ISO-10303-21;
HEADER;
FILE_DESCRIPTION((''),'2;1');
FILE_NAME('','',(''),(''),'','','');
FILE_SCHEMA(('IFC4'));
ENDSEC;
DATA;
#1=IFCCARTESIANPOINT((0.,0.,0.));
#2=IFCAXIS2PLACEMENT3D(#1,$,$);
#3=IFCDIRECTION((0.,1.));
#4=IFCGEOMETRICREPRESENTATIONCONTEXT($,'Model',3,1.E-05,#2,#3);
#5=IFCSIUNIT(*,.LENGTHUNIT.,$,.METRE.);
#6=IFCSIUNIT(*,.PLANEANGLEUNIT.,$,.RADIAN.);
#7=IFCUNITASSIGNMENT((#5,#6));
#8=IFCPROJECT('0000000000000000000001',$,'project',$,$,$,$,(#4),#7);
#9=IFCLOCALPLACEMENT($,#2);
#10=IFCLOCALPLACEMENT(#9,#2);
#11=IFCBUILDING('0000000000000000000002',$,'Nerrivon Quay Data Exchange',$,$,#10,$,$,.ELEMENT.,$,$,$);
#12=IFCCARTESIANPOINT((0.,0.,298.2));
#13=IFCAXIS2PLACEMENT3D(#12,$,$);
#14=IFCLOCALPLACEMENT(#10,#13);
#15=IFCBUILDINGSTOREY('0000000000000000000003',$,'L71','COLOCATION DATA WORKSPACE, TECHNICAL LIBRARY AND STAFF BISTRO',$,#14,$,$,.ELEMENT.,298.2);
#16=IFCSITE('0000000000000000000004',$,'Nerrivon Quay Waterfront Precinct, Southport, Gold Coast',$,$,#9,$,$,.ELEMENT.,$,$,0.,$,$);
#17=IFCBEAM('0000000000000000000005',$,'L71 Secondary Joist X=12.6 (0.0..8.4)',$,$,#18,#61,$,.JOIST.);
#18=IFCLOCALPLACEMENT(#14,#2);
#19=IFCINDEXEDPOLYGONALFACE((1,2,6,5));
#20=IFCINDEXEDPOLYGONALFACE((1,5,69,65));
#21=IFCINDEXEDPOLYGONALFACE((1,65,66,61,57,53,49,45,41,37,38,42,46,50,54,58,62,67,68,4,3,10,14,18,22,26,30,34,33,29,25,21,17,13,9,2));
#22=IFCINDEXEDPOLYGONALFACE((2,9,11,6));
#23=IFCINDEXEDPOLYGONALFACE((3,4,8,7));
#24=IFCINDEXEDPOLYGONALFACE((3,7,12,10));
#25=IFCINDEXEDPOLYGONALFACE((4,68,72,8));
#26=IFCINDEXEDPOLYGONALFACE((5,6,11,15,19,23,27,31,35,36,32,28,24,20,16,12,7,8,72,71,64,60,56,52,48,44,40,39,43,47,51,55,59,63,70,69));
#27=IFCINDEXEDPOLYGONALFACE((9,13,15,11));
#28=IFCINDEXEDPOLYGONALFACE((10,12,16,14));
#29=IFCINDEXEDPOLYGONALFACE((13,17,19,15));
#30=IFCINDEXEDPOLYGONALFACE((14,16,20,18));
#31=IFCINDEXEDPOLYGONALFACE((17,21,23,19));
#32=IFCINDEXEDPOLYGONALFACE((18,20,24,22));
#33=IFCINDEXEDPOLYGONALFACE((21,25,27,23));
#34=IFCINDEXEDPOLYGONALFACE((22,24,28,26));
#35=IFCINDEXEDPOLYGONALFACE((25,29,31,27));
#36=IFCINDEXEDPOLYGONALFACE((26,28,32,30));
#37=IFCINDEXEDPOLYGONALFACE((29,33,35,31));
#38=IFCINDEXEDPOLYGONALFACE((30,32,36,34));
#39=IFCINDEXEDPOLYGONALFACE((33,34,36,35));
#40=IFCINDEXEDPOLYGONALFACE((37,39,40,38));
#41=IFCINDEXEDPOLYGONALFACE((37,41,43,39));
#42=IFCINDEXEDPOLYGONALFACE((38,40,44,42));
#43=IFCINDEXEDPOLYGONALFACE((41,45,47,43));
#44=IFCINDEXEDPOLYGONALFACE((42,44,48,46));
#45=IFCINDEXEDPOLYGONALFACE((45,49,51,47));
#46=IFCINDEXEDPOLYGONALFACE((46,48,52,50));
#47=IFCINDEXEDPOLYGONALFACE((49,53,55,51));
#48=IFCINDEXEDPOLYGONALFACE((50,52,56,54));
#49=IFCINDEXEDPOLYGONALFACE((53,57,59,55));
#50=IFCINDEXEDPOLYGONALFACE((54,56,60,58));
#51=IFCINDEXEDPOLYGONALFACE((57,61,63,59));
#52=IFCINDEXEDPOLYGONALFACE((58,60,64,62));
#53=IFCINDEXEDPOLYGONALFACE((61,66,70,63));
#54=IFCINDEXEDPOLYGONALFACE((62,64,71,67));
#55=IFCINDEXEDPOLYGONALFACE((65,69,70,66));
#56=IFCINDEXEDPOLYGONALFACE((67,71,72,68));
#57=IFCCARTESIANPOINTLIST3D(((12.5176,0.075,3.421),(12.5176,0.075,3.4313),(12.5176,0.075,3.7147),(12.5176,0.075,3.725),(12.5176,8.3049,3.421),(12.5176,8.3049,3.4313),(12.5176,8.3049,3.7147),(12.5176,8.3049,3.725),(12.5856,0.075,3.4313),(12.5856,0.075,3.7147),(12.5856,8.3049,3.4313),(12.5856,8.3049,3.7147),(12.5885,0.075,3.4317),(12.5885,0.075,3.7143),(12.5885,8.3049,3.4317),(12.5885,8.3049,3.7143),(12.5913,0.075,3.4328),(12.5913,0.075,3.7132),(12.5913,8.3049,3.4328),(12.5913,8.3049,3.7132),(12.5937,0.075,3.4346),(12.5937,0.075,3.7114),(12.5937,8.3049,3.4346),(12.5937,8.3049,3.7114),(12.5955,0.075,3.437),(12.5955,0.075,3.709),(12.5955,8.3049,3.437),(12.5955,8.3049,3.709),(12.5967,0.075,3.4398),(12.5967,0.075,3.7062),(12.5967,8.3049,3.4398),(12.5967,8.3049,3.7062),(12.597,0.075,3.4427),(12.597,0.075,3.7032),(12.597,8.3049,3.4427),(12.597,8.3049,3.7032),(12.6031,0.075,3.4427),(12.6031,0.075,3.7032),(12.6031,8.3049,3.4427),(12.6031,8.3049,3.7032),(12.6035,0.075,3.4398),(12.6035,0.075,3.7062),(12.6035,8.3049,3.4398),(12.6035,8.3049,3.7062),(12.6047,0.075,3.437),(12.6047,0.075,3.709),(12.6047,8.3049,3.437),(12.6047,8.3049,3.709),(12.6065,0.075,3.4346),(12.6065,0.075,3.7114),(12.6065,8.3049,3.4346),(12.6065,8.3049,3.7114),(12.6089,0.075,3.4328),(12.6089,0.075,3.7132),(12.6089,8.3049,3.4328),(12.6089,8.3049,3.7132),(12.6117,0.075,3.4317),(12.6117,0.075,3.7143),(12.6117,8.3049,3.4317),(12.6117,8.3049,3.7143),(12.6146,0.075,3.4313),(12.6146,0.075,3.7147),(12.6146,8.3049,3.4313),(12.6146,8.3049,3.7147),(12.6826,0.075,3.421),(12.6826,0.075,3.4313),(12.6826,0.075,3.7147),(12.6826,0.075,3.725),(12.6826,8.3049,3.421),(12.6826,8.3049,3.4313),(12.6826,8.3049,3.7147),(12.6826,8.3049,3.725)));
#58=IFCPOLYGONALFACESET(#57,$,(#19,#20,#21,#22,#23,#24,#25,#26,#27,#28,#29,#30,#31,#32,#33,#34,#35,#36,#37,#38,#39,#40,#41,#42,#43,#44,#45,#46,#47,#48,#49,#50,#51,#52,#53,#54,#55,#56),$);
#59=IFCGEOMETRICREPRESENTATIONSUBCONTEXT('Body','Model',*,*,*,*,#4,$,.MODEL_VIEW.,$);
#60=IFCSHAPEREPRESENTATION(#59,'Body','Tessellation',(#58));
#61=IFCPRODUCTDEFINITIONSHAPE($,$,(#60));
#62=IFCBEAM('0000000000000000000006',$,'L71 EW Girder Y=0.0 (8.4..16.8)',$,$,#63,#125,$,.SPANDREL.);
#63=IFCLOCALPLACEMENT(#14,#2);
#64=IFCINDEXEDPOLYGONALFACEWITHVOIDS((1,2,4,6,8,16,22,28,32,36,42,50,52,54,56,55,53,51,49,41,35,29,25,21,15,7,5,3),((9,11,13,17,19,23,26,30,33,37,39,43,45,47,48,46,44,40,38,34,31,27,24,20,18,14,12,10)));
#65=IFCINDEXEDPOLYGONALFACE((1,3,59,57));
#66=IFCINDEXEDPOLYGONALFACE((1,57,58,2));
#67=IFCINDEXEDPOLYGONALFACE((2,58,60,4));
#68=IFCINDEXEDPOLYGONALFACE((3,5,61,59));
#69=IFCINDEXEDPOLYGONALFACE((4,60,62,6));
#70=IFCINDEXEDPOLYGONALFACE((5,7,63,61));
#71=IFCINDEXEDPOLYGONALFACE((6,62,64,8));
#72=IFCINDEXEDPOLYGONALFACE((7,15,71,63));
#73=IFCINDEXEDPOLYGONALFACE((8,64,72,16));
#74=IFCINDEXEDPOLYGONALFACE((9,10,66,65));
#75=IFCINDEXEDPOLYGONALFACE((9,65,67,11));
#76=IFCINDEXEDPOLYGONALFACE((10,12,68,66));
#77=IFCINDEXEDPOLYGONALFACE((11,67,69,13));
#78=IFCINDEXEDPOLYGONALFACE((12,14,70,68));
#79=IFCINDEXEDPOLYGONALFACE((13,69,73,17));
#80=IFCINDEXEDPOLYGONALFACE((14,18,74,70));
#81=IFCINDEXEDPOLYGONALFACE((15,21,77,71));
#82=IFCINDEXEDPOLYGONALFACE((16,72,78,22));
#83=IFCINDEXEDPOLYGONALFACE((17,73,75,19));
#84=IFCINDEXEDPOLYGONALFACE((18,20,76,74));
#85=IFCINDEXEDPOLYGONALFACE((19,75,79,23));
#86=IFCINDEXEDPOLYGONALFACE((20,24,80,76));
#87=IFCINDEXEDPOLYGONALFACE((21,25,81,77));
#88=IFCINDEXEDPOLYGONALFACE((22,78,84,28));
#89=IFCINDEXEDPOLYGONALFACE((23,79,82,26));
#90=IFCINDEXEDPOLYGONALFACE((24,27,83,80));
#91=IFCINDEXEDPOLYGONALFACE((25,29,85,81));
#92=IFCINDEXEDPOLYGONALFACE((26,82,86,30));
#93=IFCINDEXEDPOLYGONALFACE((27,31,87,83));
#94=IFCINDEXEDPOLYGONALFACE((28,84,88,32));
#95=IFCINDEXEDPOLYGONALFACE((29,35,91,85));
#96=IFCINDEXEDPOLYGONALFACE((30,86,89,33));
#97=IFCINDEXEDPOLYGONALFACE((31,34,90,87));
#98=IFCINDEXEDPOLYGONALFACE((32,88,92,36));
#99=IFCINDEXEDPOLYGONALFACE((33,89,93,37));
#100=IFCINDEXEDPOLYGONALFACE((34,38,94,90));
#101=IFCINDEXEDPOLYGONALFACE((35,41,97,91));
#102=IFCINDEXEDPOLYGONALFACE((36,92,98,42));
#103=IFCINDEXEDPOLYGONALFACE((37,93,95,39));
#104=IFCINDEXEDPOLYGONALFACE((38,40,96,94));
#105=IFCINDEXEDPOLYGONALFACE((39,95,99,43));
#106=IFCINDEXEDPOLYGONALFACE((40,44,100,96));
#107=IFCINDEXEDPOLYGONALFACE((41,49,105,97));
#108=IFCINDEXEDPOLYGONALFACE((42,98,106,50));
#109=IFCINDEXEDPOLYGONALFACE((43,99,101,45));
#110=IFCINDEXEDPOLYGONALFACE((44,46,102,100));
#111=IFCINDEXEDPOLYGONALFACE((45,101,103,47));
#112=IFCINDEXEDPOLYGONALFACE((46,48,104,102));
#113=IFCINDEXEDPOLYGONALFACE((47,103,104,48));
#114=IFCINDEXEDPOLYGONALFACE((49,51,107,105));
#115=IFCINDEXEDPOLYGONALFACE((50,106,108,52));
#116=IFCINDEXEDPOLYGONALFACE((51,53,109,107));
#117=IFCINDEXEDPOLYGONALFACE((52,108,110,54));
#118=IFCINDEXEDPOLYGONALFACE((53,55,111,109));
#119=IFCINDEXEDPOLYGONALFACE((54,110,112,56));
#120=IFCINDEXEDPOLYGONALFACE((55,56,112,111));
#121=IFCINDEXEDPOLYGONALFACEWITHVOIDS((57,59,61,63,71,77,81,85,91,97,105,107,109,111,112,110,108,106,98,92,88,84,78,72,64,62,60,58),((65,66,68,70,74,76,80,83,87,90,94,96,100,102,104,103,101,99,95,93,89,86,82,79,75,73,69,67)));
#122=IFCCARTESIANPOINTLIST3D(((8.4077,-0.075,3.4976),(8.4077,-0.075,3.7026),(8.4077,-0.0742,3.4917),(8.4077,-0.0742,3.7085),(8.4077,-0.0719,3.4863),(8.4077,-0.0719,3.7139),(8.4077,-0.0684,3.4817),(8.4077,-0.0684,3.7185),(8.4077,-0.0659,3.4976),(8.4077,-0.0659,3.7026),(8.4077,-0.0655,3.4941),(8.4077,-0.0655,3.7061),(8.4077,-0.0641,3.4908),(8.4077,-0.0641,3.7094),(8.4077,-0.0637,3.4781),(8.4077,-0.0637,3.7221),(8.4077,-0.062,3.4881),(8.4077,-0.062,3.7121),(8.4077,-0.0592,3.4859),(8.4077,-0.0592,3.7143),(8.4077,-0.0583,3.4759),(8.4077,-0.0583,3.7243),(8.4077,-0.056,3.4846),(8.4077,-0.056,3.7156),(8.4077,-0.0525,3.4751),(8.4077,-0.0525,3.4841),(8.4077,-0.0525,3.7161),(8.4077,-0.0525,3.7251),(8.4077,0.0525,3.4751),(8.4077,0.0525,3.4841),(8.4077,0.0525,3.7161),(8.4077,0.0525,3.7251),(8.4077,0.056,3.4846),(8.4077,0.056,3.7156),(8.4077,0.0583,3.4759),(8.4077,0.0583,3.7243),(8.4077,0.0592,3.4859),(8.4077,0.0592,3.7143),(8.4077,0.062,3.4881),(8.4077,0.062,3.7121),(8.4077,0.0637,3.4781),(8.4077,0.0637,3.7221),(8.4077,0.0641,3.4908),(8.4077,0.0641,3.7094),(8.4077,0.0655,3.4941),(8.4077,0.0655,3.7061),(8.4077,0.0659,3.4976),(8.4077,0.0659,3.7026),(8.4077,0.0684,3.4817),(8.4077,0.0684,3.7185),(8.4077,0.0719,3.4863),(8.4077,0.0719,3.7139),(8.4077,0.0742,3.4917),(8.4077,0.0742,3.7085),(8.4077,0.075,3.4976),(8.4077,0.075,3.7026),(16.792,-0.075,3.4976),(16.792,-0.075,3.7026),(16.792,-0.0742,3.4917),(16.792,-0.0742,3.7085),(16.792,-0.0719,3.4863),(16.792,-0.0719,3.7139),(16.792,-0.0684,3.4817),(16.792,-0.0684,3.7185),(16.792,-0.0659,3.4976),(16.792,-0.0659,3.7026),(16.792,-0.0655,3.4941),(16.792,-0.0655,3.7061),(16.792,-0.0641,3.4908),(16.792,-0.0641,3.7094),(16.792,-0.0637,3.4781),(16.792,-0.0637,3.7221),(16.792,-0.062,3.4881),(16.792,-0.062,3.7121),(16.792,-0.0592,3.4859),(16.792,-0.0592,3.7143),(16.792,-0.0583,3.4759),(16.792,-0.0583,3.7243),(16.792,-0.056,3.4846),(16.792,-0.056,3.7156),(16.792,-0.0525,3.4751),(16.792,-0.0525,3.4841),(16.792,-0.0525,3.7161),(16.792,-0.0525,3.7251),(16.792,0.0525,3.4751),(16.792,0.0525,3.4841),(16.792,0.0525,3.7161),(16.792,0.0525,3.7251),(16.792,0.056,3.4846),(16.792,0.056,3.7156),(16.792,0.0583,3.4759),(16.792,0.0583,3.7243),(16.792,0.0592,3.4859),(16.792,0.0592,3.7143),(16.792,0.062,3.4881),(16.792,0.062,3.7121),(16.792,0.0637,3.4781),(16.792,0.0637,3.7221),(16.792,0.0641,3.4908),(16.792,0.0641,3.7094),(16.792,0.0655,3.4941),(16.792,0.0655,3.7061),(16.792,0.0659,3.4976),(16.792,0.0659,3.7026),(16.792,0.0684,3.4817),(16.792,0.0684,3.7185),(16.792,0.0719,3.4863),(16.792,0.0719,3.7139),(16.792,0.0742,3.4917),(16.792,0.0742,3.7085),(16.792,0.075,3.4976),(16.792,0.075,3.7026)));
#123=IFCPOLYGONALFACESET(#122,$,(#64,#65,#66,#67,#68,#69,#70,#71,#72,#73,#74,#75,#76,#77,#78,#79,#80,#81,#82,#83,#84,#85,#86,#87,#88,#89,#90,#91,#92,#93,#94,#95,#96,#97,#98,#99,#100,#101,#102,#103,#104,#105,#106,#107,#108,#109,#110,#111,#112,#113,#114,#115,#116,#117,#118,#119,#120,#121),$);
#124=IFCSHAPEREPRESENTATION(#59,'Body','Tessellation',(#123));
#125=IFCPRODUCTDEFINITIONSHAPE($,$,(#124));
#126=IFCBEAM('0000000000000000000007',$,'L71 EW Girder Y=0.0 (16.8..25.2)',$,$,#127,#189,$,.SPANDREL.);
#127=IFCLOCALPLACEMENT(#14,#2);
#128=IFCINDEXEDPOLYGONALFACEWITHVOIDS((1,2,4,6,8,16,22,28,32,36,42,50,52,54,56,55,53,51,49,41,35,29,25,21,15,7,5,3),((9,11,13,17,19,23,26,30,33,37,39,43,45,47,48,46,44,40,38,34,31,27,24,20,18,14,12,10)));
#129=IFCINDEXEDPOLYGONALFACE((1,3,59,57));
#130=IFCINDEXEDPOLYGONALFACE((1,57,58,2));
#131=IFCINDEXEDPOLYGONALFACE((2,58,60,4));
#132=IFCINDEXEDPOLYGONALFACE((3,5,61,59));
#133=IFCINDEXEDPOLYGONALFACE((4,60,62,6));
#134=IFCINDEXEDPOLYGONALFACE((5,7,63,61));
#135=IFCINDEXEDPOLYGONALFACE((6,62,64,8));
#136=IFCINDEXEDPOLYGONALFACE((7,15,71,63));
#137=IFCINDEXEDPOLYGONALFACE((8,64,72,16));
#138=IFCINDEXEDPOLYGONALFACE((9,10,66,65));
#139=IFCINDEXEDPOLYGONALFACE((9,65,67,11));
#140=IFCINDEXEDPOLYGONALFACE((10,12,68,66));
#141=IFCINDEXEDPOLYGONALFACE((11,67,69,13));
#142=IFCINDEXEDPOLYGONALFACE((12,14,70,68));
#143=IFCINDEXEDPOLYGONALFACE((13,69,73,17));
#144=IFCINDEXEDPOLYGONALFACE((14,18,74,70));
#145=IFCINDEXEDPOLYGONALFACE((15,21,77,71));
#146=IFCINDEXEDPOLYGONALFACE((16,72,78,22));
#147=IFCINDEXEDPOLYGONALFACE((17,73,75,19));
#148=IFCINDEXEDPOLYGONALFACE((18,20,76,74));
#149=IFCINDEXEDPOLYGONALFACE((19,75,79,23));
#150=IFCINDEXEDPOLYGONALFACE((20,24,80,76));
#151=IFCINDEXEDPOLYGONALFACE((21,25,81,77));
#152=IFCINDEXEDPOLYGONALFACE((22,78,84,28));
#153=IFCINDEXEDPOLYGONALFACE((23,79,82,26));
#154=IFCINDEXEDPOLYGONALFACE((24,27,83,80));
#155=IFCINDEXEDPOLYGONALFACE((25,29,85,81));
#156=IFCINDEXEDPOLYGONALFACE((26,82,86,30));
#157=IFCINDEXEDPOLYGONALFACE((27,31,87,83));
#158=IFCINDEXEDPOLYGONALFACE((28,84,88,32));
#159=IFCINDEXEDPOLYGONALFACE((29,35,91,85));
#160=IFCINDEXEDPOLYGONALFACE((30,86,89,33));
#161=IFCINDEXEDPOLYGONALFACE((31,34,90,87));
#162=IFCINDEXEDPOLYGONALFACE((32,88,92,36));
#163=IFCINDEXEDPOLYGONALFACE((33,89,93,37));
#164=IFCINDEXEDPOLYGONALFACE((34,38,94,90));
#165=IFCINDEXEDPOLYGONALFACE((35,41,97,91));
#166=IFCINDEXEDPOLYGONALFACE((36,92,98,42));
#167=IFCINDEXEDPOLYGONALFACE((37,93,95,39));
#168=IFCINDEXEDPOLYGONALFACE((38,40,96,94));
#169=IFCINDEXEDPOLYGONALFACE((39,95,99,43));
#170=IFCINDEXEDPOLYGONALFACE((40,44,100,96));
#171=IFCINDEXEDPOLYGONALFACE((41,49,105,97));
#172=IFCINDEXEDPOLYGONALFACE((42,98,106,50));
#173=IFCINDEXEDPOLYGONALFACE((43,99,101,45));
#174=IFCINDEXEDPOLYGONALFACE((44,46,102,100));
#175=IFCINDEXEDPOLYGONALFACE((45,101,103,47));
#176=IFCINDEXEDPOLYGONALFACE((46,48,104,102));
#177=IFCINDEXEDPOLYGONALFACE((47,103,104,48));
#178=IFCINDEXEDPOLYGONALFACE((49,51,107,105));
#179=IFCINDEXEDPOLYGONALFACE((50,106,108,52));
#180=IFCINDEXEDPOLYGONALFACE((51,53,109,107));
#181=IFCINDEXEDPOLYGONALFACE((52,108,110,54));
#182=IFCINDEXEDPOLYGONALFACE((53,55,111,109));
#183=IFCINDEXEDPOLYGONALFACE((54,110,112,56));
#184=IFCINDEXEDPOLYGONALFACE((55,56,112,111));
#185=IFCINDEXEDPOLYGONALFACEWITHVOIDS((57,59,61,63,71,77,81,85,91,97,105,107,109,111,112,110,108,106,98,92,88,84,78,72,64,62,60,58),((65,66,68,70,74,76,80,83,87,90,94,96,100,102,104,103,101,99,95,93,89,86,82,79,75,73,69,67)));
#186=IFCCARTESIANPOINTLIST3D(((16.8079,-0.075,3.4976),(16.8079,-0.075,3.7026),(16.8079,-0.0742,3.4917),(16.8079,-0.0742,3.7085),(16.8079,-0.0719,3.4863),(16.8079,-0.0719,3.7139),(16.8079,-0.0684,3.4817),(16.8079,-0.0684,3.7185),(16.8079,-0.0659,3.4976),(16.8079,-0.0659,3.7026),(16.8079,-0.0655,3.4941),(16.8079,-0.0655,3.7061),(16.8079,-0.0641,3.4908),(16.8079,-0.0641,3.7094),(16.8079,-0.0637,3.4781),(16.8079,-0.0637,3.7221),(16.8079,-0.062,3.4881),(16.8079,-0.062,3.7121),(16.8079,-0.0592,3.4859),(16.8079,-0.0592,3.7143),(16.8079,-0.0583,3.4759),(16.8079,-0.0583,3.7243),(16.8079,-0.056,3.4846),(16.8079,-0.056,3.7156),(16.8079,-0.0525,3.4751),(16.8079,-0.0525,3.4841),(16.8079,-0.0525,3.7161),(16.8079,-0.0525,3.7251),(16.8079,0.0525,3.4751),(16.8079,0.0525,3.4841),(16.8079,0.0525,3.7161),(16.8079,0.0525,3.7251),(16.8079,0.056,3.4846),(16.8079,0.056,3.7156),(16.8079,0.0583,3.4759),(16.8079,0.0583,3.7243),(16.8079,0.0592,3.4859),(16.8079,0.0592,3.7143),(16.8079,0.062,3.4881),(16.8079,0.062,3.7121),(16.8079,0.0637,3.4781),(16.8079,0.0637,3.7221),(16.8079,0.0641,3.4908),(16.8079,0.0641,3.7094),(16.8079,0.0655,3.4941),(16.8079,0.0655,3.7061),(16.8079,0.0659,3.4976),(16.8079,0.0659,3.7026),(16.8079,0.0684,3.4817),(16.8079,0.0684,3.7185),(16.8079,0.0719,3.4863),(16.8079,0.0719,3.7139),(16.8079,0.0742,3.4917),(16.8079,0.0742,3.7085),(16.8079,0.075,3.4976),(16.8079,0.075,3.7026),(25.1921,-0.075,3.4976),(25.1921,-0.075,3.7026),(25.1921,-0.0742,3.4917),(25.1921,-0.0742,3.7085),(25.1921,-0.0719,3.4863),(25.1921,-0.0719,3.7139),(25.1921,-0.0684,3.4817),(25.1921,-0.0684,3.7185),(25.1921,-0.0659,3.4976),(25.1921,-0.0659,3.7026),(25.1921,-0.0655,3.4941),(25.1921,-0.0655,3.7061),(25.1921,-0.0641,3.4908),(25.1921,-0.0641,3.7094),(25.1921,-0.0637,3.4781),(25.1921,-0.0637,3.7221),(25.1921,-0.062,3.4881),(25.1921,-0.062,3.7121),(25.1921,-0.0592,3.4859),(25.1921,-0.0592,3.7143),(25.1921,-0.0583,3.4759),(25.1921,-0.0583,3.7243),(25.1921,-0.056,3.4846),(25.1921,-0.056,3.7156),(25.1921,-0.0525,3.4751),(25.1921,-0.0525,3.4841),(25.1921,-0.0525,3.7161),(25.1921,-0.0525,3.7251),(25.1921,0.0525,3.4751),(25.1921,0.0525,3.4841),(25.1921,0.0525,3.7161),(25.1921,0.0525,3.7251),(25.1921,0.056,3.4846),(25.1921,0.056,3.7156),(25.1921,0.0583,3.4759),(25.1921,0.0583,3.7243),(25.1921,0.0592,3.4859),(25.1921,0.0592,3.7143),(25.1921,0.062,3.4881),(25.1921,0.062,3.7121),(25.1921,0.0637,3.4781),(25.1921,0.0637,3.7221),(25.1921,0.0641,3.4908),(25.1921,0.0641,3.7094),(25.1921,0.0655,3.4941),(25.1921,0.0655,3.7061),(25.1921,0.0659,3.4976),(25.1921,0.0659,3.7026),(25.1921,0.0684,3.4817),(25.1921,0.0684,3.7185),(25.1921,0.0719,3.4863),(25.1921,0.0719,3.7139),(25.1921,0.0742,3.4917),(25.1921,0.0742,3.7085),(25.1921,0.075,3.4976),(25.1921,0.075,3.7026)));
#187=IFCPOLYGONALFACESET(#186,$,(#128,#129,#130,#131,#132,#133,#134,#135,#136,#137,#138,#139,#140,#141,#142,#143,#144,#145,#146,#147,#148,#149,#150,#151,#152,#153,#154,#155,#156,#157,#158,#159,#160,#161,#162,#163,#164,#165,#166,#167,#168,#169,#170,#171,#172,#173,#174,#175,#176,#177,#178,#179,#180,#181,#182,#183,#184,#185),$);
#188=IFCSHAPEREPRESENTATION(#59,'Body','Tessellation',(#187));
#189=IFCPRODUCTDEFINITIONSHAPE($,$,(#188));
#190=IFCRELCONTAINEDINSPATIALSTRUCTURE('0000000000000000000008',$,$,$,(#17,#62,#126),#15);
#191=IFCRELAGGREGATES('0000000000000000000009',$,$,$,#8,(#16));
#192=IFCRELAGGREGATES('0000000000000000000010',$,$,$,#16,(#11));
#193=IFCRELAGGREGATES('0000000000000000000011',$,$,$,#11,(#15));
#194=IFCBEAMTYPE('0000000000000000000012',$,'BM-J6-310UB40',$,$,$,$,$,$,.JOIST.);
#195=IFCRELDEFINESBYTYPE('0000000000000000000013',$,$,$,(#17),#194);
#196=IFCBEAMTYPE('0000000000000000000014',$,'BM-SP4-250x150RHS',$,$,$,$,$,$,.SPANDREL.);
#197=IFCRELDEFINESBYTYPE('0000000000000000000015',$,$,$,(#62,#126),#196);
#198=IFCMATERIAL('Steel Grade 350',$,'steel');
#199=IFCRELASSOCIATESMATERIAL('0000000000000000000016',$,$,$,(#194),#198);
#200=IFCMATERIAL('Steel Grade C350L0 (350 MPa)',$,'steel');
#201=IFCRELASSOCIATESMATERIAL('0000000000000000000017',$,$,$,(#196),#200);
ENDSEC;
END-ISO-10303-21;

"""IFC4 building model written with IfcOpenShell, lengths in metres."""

from ifc_helpers import new_model, si_unit, direction, frame, origin, origin_2d, place, context, subcontext, project, spatial, hollow_rectangle, i_section, extrude, material, material_profile, profile_set, type_object, element, save


model = new_model("IFC4")

# Units and contexts
model_context = context("Model", 3, precision=1e-05, world=origin(), true_north=direction((0.0, 1.0)))
body_context = subcontext(model_context, "Body", "Model", "MODEL_VIEW")
ifc_project = project(units=[si_unit("LENGTHUNIT", "METRE"), si_unit("PLANEANGLEUNIT", "RADIAN")], contexts=[model_context])

# Site, building, storey
site_placement = place(None, origin())
site = spatial("IfcSite", under=ifc_project, at=site_placement, Name="Nerrivon Quay Waterfront Precinct, Southport, Gold Coast", CompositionType="ELEMENT", RefElevation=0.0)
building_placement = place(site_placement, origin())
building = spatial("IfcBuilding", under=site, at=building_placement, Name="Nerrivon Quay Data Exchange", CompositionType="ELEMENT")
storey_placement = place(building_placement, frame((0.0, 0.0, 298.2)))
storey = spatial("IfcBuildingStorey", under=building, at=storey_placement, Name="L71", Description="COLOCATION DATA WORKSPACE, TECHNICAL LIBRARY AND STAFF BISTRO", CompositionType="ELEMENT", Elevation=298.2)

# Shared definitions
ifc_material_1 = material(Name="Steel Grade 350", Category="steel")

# Beams
ifc_material_profile_1 = material_profile(ifc_material_1, i_section(OverallWidth=0.165, OverallDepth=0.304, WebThickness=0.0061, FlangeThickness=0.0103, FilletRadius=0.0115, at=origin_2d()), Name="310UB40.4")
ifc_profile_set_1 = profile_set([ifc_material_profile_1], Name="Steel Grade 350")
beam_type_1 = type_object("IfcBeamType", Name="BM-J6-310UB40", PredefinedType="JOIST", material=ifc_profile_set_1)
beam_1_placement = place(storey_placement, frame((12.6001, 0.075, 3.573), z_axis=(0.0, 1.0, 0.0), x_axis=(-1.0, 0.0, 0.0)))
element("IfcBeam", 1, at=beam_1_placement, inside=storey, type_object=beam_type_1, Name="L71 Secondary Joist X=12.6 (0.0..8.4)", PredefinedType="JOIST", context=body_context, shape_type="SweptSolid", body=[
    extrude(i_section(OverallWidth=0.165, OverallDepth=0.304, WebThickness=0.0061, FlangeThickness=0.0103, FilletRadius=0.0115, at=origin_2d()), origin(), (0.0, 0.0, 1.0), 8.23),
])
ifc_material_2 = material(Name="Steel Grade C350L0 (350 MPa)", Category="steel")
ifc_material_profile_2 = material_profile(ifc_material_2, hollow_rectangle(XDim=0.1499, YDim=0.25, WallThickness=0.009, InnerFilletRadius=0.0134, OuterFilletRadius=0.0225, at=origin_2d()), Name="250x150x9.0RHS")
ifc_profile_set_2 = profile_set([ifc_material_profile_2], Name="Steel Grade C350L0 (350 MPa)")
beam_type_2 = type_object("IfcBeamType", Name="BM-SP4-250x150RHS", PredefinedType="SPANDREL", material=ifc_profile_set_2)
for number, where, z_axis, x_axis, name in (
    (2, (8.4077, 0.0, 3.6001), (1.0, 0.0, 0.0), (0.0, 1.0, 0.0), "L71 EW Girder Y=0.0 (8.4..16.8)"),
    (3, (16.8079, 0.0, 3.6001), (1.0, 0.0, 0.0), (0.0, 1.0, 0.0), "L71 EW Girder Y=0.0 (16.8..25.2)"),
):
    element("IfcBeam", number, at=place(storey_placement, frame(where, z_axis=z_axis, x_axis=x_axis)), inside=storey, type_object=beam_type_2, Name=name, PredefinedType="SPANDREL", context=body_context, shape_type="SweptSolid", body=[
        extrude(hollow_rectangle(XDim=0.1499, YDim=0.25, WallThickness=0.009, InnerFilletRadius=0.0134, OuterFilletRadius=0.0225, at=origin_2d()), origin(), (0.0, 0.0, 1.0), 8.3843),
    ])

save(model, "model.ifc")
